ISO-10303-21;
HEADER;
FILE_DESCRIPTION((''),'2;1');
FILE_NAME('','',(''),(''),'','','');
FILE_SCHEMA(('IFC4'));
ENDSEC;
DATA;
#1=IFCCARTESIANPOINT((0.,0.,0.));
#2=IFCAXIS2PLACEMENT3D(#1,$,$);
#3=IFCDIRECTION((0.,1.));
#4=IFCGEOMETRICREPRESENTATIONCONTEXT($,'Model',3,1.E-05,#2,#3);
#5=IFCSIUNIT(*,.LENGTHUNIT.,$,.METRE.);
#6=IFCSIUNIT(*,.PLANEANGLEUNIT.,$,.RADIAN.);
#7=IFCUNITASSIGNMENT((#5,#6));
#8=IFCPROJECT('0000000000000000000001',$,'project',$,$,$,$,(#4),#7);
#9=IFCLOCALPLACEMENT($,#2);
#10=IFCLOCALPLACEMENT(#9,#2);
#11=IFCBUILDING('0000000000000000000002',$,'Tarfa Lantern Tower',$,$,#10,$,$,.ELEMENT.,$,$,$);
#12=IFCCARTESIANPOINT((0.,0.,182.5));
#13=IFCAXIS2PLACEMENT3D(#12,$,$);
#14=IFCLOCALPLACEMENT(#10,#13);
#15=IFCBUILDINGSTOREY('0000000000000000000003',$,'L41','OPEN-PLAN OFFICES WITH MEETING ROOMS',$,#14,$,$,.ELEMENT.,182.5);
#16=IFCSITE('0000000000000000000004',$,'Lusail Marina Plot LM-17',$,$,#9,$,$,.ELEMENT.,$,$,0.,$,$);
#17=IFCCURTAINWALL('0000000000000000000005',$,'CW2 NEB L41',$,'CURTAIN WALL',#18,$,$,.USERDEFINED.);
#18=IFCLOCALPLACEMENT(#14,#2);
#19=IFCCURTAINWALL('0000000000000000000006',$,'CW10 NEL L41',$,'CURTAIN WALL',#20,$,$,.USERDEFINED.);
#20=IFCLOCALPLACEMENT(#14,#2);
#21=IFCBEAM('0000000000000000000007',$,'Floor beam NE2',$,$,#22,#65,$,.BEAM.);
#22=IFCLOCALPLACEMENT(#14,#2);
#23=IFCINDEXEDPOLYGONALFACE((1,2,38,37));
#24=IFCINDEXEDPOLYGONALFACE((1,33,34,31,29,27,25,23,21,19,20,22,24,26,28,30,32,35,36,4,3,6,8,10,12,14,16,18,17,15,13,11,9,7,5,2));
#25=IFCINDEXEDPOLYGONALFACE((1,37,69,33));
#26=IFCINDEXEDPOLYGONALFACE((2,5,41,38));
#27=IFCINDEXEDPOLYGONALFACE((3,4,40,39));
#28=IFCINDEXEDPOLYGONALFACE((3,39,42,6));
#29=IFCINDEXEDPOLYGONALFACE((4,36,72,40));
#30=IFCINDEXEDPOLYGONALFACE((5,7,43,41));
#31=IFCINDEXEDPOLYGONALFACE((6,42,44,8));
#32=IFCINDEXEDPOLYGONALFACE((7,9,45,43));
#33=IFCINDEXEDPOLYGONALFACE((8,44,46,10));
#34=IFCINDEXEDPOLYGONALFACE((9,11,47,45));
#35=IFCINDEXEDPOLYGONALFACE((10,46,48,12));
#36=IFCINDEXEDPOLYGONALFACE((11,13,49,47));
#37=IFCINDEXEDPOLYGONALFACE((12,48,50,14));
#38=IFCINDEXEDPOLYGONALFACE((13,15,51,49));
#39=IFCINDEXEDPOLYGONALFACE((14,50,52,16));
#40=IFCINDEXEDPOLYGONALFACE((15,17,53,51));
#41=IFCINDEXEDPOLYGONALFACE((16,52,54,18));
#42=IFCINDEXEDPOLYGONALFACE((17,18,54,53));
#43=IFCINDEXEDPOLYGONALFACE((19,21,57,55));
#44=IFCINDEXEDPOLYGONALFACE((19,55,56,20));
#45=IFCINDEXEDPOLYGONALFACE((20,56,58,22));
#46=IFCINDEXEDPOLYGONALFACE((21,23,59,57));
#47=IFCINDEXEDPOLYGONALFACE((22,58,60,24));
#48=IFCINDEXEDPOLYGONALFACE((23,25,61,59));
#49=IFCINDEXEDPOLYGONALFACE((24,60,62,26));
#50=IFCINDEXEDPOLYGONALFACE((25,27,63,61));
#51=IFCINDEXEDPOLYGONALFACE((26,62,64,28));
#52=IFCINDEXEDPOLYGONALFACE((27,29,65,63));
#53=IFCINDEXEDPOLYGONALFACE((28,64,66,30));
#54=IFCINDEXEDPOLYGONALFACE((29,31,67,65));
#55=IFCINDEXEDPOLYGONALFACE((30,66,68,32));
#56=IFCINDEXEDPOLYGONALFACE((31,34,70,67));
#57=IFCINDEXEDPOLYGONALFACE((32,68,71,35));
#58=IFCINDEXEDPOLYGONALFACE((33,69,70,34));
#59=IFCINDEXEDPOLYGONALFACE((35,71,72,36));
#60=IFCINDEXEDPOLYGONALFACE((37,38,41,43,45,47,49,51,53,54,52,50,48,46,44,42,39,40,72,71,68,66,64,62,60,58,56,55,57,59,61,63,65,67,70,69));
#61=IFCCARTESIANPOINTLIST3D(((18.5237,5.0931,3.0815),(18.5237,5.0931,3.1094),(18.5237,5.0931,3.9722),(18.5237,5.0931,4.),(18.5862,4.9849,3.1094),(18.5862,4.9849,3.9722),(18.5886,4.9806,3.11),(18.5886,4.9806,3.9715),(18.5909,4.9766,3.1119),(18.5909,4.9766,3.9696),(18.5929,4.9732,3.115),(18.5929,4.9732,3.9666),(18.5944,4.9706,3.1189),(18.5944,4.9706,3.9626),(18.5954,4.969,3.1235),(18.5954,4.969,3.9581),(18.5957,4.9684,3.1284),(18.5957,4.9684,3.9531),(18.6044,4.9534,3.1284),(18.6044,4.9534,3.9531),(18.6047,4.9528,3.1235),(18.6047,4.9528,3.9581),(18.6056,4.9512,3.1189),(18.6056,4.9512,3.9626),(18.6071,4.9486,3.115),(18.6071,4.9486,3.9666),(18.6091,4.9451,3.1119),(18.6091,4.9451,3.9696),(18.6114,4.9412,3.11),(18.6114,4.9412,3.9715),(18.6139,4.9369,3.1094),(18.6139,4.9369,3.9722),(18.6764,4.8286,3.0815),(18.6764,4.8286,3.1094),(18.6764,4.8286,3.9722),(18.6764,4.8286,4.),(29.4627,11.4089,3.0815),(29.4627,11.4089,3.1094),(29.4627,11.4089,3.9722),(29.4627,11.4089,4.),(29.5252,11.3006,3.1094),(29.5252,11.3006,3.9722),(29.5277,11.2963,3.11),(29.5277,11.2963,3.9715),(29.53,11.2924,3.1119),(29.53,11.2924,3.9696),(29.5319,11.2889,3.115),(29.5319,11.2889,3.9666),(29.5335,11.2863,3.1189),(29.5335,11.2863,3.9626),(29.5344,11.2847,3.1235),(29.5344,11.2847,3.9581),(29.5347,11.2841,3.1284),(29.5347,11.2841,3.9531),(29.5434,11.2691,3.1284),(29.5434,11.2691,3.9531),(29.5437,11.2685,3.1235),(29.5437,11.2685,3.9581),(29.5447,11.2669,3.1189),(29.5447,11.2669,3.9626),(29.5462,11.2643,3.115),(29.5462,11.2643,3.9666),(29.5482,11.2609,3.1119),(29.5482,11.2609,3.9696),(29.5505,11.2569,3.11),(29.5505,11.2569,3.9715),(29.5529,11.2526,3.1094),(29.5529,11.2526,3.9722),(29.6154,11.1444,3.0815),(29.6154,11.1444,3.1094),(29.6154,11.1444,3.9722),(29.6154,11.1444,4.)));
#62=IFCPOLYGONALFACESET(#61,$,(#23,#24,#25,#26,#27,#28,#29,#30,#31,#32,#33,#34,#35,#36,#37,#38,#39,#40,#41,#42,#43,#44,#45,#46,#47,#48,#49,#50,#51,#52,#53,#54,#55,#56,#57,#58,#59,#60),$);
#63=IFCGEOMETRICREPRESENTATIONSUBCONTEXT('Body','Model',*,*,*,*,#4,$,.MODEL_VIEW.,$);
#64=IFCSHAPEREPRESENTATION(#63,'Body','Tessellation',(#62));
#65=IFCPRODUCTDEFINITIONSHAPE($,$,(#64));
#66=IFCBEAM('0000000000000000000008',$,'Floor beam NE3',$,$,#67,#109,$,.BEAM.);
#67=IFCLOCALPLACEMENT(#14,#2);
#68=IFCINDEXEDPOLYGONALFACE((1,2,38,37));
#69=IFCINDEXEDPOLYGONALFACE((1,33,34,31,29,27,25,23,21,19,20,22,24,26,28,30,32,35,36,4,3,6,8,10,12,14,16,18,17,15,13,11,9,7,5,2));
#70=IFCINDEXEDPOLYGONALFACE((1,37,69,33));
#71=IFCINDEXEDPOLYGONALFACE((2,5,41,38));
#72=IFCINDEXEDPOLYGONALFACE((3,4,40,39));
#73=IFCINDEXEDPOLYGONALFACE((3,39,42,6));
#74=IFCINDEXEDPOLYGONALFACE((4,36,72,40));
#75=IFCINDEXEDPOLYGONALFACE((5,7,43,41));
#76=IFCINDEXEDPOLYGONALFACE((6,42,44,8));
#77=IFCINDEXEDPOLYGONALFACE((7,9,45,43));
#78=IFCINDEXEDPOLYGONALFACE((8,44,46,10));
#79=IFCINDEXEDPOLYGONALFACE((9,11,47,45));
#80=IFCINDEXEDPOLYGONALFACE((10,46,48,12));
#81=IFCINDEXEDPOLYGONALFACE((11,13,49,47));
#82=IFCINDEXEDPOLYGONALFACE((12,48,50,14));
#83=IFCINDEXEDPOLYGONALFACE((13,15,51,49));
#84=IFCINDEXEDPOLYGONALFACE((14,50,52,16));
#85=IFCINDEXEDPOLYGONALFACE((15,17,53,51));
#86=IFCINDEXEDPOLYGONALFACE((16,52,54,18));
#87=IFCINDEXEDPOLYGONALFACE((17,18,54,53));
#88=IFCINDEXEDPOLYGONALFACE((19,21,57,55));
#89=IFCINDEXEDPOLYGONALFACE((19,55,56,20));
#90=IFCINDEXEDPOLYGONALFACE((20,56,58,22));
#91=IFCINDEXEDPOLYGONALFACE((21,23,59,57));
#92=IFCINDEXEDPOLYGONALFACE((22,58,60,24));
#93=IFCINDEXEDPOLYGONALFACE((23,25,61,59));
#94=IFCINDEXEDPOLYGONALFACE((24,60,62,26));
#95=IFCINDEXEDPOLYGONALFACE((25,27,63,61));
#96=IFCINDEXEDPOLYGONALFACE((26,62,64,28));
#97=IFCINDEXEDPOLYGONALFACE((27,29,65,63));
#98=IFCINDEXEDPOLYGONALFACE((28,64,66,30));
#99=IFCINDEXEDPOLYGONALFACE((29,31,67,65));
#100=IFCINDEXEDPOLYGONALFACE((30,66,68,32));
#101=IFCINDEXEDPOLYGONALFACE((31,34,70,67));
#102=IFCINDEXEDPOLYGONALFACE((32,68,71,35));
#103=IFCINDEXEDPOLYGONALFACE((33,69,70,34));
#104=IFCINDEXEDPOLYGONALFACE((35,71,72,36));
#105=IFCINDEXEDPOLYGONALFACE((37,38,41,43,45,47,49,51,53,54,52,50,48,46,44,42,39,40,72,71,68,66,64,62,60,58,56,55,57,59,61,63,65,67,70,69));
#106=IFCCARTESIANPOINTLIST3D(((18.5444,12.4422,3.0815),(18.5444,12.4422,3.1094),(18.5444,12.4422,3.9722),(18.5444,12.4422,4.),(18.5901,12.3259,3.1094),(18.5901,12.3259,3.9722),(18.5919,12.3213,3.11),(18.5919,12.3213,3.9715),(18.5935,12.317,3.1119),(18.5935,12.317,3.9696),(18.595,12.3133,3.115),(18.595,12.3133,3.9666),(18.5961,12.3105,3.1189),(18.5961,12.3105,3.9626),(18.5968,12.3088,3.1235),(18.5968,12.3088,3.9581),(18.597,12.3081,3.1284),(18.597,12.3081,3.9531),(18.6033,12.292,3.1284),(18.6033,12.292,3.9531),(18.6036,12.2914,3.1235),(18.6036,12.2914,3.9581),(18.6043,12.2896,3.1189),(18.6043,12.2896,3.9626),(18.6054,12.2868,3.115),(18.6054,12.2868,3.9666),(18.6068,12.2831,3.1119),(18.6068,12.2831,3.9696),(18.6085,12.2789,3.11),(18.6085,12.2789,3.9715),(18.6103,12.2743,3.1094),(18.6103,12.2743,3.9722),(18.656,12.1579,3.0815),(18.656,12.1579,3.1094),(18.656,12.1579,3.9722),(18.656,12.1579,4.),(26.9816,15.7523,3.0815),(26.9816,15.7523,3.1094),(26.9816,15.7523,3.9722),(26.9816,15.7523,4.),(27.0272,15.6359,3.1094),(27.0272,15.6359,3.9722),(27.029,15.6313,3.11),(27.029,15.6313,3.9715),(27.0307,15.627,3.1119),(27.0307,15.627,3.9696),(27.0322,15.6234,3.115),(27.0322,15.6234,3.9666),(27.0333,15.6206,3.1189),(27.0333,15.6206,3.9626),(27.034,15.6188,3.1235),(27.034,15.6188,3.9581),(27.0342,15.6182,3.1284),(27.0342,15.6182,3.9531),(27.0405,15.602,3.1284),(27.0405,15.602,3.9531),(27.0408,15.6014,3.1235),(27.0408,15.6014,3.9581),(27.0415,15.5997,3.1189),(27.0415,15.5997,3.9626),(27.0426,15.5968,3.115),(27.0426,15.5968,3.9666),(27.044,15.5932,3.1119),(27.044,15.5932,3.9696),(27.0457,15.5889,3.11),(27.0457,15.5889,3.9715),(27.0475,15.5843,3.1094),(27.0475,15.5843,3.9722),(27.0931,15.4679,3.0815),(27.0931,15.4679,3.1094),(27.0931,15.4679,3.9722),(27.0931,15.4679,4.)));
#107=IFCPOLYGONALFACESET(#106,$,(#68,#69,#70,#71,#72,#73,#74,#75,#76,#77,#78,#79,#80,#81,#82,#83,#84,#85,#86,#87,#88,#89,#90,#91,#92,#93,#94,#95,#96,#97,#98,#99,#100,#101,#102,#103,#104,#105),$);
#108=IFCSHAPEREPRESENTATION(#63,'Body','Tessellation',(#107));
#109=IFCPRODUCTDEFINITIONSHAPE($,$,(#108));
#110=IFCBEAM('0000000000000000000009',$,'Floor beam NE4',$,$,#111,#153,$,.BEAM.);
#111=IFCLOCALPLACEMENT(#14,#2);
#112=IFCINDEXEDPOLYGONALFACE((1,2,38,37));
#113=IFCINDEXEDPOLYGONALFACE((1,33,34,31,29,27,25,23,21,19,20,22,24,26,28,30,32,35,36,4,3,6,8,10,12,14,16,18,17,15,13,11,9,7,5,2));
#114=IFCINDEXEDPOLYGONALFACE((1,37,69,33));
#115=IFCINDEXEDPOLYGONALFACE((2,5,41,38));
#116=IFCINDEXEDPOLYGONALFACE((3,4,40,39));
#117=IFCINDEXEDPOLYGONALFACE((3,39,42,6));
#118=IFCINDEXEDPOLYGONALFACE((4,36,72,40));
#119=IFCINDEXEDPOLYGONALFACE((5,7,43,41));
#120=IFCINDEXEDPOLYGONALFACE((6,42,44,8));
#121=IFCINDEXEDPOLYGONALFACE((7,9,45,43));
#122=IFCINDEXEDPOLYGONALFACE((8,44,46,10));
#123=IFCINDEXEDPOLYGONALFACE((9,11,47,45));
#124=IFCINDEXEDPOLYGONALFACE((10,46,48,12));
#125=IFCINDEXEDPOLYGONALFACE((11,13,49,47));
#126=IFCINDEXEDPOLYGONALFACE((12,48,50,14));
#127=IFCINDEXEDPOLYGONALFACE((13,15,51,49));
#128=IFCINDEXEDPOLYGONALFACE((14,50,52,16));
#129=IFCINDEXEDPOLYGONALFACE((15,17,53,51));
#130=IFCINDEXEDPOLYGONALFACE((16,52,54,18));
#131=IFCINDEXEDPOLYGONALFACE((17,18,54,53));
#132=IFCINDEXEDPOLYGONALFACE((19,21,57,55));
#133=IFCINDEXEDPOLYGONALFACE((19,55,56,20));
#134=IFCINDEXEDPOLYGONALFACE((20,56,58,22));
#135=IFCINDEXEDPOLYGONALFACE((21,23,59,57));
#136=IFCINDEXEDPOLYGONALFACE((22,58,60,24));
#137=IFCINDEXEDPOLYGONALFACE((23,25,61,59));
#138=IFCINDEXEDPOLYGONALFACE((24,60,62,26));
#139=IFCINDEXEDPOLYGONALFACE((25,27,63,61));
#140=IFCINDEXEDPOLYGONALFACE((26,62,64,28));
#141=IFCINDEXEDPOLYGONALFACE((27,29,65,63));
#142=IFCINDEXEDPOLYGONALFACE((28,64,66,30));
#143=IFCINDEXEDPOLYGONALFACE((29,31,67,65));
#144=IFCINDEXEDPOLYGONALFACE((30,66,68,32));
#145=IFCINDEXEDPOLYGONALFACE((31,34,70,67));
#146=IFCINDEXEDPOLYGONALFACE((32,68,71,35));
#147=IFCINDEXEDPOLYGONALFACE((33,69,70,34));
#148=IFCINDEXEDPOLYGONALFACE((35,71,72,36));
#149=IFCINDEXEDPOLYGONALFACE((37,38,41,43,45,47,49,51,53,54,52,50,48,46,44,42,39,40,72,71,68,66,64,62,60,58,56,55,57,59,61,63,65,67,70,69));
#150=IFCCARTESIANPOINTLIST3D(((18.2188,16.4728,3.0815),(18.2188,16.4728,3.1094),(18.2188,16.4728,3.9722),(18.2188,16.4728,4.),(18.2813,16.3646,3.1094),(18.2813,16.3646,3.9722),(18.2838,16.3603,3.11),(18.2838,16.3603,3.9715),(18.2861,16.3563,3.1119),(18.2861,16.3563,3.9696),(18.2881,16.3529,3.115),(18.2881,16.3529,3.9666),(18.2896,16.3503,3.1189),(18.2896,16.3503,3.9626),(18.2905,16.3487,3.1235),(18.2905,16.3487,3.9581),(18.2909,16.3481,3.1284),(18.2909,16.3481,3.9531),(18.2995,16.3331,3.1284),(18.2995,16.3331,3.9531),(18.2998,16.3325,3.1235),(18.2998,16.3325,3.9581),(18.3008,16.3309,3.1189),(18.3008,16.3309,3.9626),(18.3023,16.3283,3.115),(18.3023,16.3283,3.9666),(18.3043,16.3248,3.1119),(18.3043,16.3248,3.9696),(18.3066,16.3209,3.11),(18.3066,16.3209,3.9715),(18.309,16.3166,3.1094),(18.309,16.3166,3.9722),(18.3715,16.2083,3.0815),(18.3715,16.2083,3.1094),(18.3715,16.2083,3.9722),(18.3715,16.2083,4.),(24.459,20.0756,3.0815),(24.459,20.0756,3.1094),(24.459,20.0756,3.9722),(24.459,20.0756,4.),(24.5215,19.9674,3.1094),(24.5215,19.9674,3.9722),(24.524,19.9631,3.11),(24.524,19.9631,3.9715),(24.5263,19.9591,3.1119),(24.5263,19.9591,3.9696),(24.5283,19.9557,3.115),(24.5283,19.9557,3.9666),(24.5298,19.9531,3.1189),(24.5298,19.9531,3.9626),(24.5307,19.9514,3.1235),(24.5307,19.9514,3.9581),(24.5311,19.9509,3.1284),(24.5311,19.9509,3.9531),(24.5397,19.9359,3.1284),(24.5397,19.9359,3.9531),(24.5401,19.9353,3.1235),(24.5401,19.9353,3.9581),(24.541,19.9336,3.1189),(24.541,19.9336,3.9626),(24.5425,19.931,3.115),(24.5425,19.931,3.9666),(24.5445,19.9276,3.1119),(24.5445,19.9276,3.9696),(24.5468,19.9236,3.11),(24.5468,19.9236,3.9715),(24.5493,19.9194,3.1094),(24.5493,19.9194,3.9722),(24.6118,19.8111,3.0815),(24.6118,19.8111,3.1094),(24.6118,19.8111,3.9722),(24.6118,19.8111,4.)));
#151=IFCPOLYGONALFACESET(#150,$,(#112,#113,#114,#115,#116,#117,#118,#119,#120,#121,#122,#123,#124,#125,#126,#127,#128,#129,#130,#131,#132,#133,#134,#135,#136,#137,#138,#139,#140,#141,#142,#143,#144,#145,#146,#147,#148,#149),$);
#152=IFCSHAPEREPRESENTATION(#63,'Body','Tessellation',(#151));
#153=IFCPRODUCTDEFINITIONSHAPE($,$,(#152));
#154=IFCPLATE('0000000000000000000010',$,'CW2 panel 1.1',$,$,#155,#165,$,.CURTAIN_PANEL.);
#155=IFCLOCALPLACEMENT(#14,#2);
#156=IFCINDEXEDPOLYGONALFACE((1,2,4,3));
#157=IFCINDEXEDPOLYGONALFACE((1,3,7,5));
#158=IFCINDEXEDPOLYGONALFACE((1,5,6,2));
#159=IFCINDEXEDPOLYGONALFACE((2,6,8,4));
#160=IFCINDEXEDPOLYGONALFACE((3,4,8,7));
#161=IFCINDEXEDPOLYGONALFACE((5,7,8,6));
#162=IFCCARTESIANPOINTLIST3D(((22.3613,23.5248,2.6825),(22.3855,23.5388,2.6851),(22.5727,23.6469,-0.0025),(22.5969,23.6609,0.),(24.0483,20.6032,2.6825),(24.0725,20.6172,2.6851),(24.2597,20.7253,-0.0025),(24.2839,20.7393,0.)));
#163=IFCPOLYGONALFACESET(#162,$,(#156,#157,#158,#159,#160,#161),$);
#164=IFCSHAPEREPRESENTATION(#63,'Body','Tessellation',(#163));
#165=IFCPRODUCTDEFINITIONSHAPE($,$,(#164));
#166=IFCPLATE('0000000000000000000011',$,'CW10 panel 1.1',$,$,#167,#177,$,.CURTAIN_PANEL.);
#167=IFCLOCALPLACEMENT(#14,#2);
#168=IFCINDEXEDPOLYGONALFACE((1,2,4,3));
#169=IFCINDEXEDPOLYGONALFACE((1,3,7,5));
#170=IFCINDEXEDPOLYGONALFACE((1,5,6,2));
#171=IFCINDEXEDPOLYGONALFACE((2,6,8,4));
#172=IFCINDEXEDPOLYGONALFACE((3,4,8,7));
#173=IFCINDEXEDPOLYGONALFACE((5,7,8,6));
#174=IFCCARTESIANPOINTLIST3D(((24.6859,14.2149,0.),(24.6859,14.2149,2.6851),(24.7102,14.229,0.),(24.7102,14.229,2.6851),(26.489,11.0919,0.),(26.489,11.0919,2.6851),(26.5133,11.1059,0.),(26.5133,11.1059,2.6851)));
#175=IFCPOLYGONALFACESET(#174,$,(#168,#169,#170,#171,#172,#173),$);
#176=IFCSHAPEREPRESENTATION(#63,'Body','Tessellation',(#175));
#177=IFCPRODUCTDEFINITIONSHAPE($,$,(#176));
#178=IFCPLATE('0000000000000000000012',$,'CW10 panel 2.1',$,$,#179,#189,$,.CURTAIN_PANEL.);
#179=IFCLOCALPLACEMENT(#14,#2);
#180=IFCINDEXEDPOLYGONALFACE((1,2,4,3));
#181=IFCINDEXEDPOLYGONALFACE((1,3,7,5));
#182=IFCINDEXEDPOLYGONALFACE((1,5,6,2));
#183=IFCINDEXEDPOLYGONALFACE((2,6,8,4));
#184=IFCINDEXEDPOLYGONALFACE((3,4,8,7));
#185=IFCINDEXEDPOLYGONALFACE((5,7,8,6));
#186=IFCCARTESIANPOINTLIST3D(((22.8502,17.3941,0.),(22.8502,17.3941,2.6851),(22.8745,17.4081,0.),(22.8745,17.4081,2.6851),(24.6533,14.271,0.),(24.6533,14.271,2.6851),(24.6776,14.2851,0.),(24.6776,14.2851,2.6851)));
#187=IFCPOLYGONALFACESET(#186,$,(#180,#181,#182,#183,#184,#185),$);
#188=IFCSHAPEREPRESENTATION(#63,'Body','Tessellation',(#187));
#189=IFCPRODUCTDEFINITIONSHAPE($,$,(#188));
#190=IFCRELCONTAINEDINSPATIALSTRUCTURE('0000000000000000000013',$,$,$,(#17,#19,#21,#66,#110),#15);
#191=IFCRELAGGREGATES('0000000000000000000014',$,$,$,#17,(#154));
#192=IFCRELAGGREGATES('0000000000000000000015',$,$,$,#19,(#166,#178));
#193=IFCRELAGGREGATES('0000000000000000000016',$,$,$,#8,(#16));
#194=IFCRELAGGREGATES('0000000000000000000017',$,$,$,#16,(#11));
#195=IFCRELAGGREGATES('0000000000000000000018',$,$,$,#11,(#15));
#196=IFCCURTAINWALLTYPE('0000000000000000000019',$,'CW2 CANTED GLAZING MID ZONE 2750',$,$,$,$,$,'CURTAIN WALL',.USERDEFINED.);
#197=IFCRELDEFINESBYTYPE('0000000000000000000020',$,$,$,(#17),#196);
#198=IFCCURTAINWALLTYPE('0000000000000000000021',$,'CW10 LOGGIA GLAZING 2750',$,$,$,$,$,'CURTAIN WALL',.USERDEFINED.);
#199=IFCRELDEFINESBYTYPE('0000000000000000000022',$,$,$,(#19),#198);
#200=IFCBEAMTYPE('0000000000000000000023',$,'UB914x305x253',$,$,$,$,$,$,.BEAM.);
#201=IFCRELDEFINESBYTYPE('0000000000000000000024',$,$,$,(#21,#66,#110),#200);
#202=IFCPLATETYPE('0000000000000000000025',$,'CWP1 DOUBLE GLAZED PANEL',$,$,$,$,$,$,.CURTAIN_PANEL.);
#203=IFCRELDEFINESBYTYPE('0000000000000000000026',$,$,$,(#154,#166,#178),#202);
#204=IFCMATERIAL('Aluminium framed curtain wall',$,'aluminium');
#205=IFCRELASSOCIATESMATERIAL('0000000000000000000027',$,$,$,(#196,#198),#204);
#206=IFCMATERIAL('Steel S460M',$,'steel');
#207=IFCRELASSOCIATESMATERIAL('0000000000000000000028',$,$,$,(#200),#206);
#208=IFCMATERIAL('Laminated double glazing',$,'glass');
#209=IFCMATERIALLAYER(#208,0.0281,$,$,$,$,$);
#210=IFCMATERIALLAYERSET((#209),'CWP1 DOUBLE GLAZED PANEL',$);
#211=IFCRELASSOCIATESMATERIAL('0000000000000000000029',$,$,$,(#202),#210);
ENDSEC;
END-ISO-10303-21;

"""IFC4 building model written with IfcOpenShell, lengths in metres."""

from ifc_helpers import new_model, si_unit, direction, frame, origin, origin_2d, place, context, subcontext, project, spatial, polyline, rectangle, i_section, outline, extrude, material, layer, layer_set, material_profile, profile_set, type_object, element, aggregate, save


model = new_model("IFC4")

# Units and contexts
model_context = context("Model", 3, precision=1e-05, world=origin(), true_north=direction((0.0, 1.0)))
body_context = subcontext(model_context, "Body", "Model", "MODEL_VIEW")
ifc_project = project(units=[si_unit("LENGTHUNIT", "METRE"), si_unit("PLANEANGLEUNIT", "RADIAN")], contexts=[model_context])

# Site, building, storey
site_placement = place(None, origin())
site = spatial("IfcSite", under=ifc_project, at=site_placement, Name="Lusail Marina Plot LM-17", CompositionType="ELEMENT", RefElevation=0.0)
building_placement = place(site_placement, origin())
building = spatial("IfcBuilding", under=site, at=building_placement, Name="Tarfa Lantern Tower", CompositionType="ELEMENT")
storey_placement = place(building_placement, frame((0.0, 0.0, 182.5)))
storey = spatial("IfcBuildingStorey", under=building, at=storey_placement, Name="L41", Description="OPEN-PLAN OFFICES WITH MEETING ROOMS", CompositionType="ELEMENT", Elevation=182.5)

# Curtain wall
ifc_material_1 = material(Name="Aluminium framed curtain wall", Category="aluminium")
curtain_wall_type_1 = type_object("IfcCurtainWallType", Name="CW2 CANTED GLAZING MID ZONE 2750", ElementType="CURTAIN WALL", PredefinedType="USERDEFINED", material=ifc_material_1)
curtain_wall_1_placement = place(storey_placement, origin())
curtain_wall_1 = element("IfcCurtainWall", 1, at=curtain_wall_1_placement, inside=storey, type_object=curtain_wall_type_1, Name="CW2 NEB L41", ObjectType="CURTAIN WALL", PredefinedType="USERDEFINED")

# Curtain wall
curtain_wall_type_2 = type_object("IfcCurtainWallType", Name="CW10 LOGGIA GLAZING 2750", ElementType="CURTAIN WALL", PredefinedType="USERDEFINED", material=ifc_material_1)
curtain_wall_2_placement = place(storey_placement, origin())
curtain_wall_2 = element("IfcCurtainWall", 2, at=curtain_wall_2_placement, inside=storey, type_object=curtain_wall_type_2, Name="CW10 NEL L41", ObjectType="CURTAIN WALL", PredefinedType="USERDEFINED")

# Beams
ifc_material_2 = material(Name="Steel S460M", Category="steel")
ifc_material_profile_1 = material_profile(ifc_material_2, i_section(OverallWidth=0.3054, OverallDepth=0.9185, WebThickness=0.0173, FlangeThickness=0.0278, FilletRadius=0.019, at=origin_2d()), Name="UB914x305x253")
ifc_profile_set_1 = profile_set([ifc_material_profile_1], Name="Steel S460M")
beam_type_1 = type_object("IfcBeamType", Name="UB914x305x253", PredefinedType="BEAM", material=ifc_profile_set_1)
beam_1_placement = place(storey_placement, frame((29.5391, 11.2766, 3.5408), z_axis=(-0.866023, -0.500004, 0.0), x_axis=(0.500004, -0.866023, 0.0)))
element("IfcBeam", 3, at=beam_1_placement, inside=storey, type_object=beam_type_1, Name="Floor beam NE2", PredefinedType="BEAM", context=body_context, shape_type="SweptSolid", body=[
    extrude(i_section(OverallWidth=0.3054, OverallDepth=0.9185, WebThickness=0.0173, FlangeThickness=0.0278, FilletRadius=0.019, at=origin_2d()), origin(), (0.0, 0.0, 1.0), 12.6313),
])
beam_2_placement = place(storey_placement, frame((27.0374, 15.6101, 3.5408), z_axis=(-0.930923, -0.365215, 0.0), x_axis=(0.365215, -0.930923, 0.0)))
element("IfcBeam", 4, at=beam_2_placement, inside=storey, type_object=beam_type_1, Name="Floor beam NE3", PredefinedType="BEAM", context=body_context, shape_type="SweptSolid", body=[
    extrude(i_section(OverallWidth=0.3054, OverallDepth=0.9185, WebThickness=0.0173, FlangeThickness=0.0278, FilletRadius=0.019, at=origin_2d()), origin(), (0.0, 0.0, 1.0), 9.0632),
])
beam_3_placement = place(storey_placement, frame((24.5354, 19.9434, 3.5408), z_axis=(-0.866026, -0.499998, 0.0), x_axis=(0.499998, -0.866026, 0.0)))
element("IfcBeam", 5, at=beam_3_placement, inside=storey, type_object=beam_type_1, Name="Floor beam NE4", PredefinedType="BEAM", context=body_context, shape_type="SweptSolid", body=[
    extrude(i_section(OverallWidth=0.3054, OverallDepth=0.9185, WebThickness=0.0173, FlangeThickness=0.0278, FilletRadius=0.019, at=origin_2d()), origin(), (0.0, 0.0, 1.0), 7.2056),
])

# Plates
ifc_material_3 = material(Name="Laminated double glazing", Category="glass")
ifc_layer_1 = layer(ifc_material_3, 0.0281)
ifc_layer_set_1 = layer_set([ifc_layer_1], Name="CWP1 DOUBLE GLAZED PANEL")
plate_type_1 = type_object("IfcPlateType", Name="CWP1 DOUBLE GLAZED PANEL", PredefinedType="CURTAIN_PANEL", material=ifc_layer_set_1)
plate_1_placement = place(storey_placement, frame((24.2839, 20.7393, 0.0), z_axis=(0.862441, 0.497992, 0.09055), x_axis=(-0.500046, 0.865999, 0.0)))
plate_1 = element("IfcPlate", 6, at=plate_1_placement, type_object=plate_type_1, Name="CW2 panel 1.1", PredefinedType="CURTAIN_PANEL", context=body_context, shape_type="SweptSolid", body=[
    extrude(outline(polyline([(0.0, 0.0), (3.3737, 0.0), (3.3737, 2.6961), (0.0, 2.6961), (0.0, 0.0)])), origin(), (0.0, 0.0, -1.0), 0.0281),
])
aggregate(curtain_wall_1, [plate_1])
plate_2_placement = place(storey_placement, frame((25.5996, 12.6604, 0.0), z_axis=(0.0, 0.0, 1.0), x_axis=(-0.5, 0.866025, 0.0)))
plate_2 = element("IfcPlate", 7, at=plate_2_placement, type_object=plate_type_1, Name="CW10 panel 1.1", PredefinedType="CURTAIN_PANEL", context=body_context, shape_type="SweptSolid", body=[
    extrude(rectangle(XDim=3.6062, YDim=0.0281, at=origin_2d()), origin(), (0.0, 0.0, 1.0), 2.6851),
])
plate_3_placement = place(storey_placement, frame((23.7639, 15.8396, 0.0), z_axis=(0.0, 0.0, 1.0), x_axis=(-0.5, 0.866025, 0.0)))
plate_3 = element("IfcPlate", 8, at=plate_3_placement, type_object=plate_type_1, Name="CW10 panel 2.1", PredefinedType="CURTAIN_PANEL", context=body_context, shape_type="SweptSolid", body=[
    extrude(rectangle(XDim=3.6062, YDim=0.0281, at=origin_2d()), origin(), (0.0, 0.0, 1.0), 2.6851),
])
aggregate(curtain_wall_2, [plate_2, plate_3])

save(model, "model.ifc")
